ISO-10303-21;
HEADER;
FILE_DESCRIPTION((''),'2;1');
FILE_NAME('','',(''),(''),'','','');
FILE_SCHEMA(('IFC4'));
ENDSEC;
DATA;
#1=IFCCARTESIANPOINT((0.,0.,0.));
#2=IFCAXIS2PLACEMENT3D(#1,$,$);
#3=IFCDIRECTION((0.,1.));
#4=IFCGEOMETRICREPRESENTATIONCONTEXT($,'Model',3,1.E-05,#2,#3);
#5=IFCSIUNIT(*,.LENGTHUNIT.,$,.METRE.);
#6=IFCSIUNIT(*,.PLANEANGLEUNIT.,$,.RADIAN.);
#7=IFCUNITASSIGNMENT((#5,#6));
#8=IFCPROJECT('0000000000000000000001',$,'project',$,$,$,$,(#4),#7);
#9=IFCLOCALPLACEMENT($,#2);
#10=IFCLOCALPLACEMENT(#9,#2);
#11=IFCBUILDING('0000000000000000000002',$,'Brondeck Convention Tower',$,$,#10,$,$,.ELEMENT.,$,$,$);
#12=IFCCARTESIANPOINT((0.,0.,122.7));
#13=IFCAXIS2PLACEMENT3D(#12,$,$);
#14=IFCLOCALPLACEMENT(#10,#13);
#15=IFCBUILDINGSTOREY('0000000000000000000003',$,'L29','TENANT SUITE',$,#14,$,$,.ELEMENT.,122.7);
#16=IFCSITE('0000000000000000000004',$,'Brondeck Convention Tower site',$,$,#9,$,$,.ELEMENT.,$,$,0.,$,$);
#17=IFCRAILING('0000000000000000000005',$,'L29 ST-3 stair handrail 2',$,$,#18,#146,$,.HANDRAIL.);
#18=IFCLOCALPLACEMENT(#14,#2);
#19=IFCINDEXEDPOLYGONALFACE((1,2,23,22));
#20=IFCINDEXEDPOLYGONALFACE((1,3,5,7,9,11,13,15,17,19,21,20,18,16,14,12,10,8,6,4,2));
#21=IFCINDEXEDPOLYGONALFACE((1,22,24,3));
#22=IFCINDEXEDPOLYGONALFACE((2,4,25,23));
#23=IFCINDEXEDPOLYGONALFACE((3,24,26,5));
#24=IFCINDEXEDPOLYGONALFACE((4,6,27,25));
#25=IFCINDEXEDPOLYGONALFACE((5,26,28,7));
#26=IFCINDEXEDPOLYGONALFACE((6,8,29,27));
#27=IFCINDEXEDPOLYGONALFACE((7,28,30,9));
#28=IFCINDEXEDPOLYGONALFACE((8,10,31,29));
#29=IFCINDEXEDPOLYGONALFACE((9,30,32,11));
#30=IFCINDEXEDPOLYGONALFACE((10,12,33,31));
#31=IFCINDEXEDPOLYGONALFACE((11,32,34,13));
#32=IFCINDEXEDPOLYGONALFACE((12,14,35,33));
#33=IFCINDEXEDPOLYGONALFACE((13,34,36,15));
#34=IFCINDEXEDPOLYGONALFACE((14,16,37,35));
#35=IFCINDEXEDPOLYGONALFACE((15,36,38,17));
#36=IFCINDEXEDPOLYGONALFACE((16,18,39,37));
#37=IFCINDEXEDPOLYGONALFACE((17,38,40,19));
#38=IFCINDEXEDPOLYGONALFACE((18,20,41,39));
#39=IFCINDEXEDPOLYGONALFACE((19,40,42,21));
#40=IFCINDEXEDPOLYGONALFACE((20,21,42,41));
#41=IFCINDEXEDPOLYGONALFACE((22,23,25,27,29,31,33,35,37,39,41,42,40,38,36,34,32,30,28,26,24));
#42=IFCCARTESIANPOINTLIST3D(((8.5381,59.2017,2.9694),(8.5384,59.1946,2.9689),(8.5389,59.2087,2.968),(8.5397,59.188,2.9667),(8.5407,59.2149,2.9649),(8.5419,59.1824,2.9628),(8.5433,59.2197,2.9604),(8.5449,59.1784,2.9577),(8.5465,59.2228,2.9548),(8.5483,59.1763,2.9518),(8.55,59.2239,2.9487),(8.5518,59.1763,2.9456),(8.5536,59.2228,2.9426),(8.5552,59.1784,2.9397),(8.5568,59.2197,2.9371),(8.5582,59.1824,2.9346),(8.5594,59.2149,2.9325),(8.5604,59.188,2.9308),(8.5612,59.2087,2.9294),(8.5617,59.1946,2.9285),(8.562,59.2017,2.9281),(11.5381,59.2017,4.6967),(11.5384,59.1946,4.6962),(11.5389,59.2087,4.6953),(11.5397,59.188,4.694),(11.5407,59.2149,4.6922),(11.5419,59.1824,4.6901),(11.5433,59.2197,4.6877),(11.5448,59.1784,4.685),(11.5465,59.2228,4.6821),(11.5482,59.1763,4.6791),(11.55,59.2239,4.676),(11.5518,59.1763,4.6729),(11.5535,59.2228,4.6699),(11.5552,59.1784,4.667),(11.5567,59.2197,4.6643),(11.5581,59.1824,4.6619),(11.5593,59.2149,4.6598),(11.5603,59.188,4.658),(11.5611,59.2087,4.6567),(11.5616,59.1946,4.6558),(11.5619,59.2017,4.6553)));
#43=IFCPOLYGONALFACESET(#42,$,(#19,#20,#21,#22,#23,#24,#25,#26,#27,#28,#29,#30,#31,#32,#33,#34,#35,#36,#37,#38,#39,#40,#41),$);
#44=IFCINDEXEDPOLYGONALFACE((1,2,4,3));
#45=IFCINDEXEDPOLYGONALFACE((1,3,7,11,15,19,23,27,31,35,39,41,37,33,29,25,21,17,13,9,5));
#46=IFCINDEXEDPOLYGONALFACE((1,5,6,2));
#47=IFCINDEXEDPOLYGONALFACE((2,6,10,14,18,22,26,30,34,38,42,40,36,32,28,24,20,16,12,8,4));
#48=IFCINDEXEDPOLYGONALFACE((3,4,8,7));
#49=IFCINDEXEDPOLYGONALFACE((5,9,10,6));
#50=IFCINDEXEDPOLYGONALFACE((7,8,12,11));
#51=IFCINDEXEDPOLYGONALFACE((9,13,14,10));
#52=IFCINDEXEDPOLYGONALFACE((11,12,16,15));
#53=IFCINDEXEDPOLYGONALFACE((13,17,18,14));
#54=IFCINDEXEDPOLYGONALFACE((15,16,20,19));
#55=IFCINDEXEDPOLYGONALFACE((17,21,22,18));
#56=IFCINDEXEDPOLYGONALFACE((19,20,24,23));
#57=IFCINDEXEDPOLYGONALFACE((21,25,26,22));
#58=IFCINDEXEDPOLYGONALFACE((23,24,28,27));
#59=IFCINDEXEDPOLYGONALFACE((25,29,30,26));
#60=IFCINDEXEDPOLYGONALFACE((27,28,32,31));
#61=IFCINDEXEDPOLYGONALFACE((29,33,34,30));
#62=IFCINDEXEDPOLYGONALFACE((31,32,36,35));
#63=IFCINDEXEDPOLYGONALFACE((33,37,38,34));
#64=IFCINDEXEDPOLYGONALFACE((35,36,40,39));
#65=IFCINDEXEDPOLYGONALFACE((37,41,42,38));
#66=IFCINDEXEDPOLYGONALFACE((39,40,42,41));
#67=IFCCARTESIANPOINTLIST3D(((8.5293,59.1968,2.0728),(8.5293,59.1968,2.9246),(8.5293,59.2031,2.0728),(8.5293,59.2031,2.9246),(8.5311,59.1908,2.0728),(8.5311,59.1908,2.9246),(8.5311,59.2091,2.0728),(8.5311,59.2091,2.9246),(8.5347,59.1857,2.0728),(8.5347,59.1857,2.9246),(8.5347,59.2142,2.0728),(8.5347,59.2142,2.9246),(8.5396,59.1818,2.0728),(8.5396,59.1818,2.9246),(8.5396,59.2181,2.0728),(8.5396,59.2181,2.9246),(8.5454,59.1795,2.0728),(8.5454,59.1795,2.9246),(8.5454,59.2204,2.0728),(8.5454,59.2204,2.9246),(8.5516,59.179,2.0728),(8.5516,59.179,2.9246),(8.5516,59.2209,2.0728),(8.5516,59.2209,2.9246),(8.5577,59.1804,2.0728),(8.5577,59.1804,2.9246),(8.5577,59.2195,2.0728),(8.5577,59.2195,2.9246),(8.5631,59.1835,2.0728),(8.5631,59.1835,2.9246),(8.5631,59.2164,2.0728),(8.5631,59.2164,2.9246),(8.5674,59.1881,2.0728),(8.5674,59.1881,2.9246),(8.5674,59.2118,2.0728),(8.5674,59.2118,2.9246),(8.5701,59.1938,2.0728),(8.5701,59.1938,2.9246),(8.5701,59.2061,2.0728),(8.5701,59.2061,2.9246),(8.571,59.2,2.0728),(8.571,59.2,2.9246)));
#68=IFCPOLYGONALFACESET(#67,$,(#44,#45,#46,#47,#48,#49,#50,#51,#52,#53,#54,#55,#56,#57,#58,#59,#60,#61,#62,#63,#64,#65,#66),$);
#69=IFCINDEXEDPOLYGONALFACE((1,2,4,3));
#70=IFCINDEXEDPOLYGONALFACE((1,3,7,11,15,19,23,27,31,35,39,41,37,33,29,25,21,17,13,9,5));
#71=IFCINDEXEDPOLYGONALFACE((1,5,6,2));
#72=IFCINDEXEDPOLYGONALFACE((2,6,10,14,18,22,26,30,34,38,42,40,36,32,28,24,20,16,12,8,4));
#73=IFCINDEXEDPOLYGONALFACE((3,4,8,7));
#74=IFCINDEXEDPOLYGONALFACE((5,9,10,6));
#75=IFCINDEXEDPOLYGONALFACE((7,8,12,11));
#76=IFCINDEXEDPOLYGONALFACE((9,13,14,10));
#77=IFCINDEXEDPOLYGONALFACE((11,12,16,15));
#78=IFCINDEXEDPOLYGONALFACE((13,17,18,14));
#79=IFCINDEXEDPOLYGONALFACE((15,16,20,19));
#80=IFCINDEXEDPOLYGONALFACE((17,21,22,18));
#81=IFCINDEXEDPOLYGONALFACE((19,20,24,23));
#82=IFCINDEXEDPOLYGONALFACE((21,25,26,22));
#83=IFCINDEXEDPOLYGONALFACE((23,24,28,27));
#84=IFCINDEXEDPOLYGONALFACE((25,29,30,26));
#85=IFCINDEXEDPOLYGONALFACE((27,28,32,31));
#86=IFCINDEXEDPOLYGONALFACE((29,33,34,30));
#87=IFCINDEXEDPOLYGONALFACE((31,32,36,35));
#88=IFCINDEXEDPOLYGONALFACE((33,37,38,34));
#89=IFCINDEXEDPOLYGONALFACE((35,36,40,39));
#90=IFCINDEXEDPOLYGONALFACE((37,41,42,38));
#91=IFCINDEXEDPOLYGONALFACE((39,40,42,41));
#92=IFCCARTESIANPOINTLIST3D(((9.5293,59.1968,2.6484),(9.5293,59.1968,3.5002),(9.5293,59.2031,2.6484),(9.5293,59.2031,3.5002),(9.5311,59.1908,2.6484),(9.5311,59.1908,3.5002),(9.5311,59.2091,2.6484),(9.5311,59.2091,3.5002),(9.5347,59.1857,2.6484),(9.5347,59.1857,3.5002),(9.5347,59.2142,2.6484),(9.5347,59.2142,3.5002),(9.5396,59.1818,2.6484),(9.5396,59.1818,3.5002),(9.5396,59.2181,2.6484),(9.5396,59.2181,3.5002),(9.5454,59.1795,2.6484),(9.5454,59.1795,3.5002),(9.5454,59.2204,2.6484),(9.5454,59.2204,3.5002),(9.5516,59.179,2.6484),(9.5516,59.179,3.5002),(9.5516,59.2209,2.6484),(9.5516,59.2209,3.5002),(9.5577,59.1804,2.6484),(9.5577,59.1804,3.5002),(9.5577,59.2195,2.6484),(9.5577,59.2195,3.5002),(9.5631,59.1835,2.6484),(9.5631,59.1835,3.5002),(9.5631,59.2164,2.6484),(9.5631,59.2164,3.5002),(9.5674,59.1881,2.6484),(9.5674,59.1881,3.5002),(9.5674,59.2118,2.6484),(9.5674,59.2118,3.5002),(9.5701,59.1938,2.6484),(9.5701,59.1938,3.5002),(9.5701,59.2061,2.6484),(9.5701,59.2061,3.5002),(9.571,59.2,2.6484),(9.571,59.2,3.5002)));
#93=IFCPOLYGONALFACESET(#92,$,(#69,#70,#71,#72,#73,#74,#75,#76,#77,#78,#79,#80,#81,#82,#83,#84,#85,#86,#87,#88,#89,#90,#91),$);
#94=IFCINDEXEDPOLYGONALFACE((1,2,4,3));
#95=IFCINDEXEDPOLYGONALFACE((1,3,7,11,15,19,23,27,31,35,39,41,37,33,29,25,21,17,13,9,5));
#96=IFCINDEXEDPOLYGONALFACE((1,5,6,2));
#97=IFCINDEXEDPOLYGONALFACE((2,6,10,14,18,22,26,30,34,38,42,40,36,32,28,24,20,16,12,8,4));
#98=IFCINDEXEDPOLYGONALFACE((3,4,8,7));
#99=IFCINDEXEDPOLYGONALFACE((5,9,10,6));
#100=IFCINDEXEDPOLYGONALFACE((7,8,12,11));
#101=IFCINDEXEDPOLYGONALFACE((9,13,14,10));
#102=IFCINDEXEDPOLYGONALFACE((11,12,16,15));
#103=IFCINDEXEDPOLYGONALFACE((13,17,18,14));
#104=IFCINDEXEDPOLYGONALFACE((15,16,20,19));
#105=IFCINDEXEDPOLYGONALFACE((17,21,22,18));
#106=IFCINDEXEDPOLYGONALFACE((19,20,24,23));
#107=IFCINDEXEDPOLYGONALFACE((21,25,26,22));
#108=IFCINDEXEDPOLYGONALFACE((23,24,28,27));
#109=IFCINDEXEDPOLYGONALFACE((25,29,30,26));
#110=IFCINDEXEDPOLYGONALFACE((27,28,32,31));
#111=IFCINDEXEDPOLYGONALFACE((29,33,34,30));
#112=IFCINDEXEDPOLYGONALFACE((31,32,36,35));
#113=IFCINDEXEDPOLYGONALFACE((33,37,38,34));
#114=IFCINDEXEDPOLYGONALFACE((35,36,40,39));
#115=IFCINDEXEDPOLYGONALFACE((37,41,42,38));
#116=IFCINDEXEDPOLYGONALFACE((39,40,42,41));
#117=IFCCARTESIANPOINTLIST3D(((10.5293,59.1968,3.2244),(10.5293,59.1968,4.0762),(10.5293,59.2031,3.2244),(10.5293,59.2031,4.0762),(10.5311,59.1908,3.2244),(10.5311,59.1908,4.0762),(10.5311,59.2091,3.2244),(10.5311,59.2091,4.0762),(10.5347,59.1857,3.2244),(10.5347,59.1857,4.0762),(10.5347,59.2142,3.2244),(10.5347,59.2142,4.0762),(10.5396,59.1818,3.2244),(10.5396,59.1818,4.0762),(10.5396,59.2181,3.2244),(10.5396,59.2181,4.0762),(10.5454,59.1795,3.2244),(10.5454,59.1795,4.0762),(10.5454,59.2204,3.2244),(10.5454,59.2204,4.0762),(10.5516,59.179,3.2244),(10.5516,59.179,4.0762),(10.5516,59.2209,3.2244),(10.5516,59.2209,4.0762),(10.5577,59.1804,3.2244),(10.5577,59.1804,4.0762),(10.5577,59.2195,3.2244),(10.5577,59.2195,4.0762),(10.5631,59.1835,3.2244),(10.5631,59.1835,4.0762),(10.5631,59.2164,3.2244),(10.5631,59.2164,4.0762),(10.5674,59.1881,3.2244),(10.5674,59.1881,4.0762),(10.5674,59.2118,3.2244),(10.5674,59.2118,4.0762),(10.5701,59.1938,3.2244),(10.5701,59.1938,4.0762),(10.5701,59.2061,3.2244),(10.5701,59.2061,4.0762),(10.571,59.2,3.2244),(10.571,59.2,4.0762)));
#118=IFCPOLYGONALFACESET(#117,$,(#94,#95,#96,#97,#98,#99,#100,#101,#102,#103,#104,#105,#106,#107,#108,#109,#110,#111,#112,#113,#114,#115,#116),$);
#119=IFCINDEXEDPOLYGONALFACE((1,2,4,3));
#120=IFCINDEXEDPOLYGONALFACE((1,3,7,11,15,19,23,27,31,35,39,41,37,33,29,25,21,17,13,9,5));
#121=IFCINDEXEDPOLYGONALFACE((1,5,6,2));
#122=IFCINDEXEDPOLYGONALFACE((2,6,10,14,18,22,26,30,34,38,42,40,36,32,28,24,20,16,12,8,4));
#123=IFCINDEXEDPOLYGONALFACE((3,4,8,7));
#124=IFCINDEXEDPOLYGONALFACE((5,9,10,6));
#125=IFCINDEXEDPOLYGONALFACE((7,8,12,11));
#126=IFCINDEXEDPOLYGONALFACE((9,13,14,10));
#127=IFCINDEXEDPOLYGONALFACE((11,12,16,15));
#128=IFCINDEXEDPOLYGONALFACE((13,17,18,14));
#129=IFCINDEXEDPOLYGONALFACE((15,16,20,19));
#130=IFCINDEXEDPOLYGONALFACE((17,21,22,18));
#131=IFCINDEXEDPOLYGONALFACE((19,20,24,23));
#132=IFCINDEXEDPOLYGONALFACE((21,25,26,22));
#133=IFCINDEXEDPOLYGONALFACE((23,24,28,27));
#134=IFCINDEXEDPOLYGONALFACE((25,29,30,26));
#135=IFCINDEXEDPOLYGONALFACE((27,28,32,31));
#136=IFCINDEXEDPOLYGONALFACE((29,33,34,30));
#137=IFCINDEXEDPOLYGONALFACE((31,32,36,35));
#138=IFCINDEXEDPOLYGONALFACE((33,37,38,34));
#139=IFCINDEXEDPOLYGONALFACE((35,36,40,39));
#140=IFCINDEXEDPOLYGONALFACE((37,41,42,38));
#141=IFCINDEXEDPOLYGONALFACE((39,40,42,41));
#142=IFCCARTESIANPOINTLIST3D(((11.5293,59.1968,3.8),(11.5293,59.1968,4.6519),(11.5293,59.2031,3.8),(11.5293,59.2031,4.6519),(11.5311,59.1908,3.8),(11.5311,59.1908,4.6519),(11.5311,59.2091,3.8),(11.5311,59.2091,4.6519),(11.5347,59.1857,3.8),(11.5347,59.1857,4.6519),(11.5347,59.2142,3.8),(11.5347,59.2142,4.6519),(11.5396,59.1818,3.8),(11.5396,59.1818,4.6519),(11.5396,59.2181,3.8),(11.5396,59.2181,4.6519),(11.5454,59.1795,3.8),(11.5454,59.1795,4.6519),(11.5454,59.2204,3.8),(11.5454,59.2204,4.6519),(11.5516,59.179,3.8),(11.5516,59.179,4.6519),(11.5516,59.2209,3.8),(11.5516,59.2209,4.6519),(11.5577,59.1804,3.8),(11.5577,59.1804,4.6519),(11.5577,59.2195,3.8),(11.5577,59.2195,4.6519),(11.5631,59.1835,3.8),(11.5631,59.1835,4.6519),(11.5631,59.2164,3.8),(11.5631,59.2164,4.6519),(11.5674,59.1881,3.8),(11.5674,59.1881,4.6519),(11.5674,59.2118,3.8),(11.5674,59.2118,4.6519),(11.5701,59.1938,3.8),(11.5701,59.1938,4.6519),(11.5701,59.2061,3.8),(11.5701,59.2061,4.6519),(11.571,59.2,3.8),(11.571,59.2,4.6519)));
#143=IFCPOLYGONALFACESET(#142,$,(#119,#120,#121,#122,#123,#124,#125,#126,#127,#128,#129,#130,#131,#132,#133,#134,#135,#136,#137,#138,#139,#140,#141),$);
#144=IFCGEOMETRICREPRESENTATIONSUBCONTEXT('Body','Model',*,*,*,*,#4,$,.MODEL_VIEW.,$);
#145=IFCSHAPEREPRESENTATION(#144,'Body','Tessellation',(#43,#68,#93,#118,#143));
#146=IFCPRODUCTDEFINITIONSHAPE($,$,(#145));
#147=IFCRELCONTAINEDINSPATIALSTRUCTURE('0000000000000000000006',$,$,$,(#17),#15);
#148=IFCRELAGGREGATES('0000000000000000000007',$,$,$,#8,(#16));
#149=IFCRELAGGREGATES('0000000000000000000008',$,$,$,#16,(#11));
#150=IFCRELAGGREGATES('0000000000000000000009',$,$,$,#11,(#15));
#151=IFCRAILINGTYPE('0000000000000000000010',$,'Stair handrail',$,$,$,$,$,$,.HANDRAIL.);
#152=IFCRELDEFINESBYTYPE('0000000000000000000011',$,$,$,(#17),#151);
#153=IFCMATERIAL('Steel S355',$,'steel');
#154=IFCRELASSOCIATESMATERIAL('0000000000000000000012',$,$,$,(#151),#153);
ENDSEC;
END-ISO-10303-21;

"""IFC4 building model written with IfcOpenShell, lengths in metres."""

from ifc_helpers import new_model, si_unit, direction, frame, origin, origin_2d, place, context, subcontext, project, spatial, circle, extrude, material, type_object, element, save


model = new_model("IFC4")

# Units and contexts
model_context = context("Model", 3, precision=1e-05, world=origin(), true_north=direction((0.0, 1.0)))
body_context = subcontext(model_context, "Body", "Model", "MODEL_VIEW")
ifc_project = project(units=[si_unit("LENGTHUNIT", "METRE"), si_unit("PLANEANGLEUNIT", "RADIAN")], contexts=[model_context])

# Site, building, storey
site_placement = place(None, origin())
site = spatial("IfcSite", under=ifc_project, at=site_placement, Name="Brondeck Convention Tower site", CompositionType="ELEMENT", RefElevation=0.0)
building_placement = place(site_placement, origin())
building = spatial("IfcBuilding", under=site, at=building_placement, Name="Brondeck Convention Tower", CompositionType="ELEMENT")
storey_placement = place(building_placement, frame((0.0, 0.0, 122.7)))
storey = spatial("IfcBuildingStorey", under=building, at=storey_placement, Name="L29", Description="TENANT SUITE", CompositionType="ELEMENT", Elevation=122.7)

# Railing
ifc_material_1 = material(Name="Steel S355", Category="steel")
railing_type_1 = type_object("IfcRailingType", Name="Stair handrail", PredefinedType="HANDRAIL", material=ifc_material_1)
railing_1_placement = place(storey_placement, frame((8.55, 59.2, 2.0728)))
element("IfcRailing", 1, at=railing_1_placement, inside=storey, type_object=railing_type_1, Name="L29 ST-3 stair handrail 2", PredefinedType="HANDRAIL", context=body_context, shape_type="SweptSolid", body=[
    extrude(circle(Radius=0.0239, at=origin_2d()), frame((0.0, 0.0, 0.876), z_axis=(0.86662, 0.0, 0.498969), x_axis=(0.0, 1.0, 0.0)), (0.0, 0.0, 1.0), 3.4617),
    extrude(circle(Radius=0.021, at=origin_2d()), origin(), (0.0, 0.0, 1.0), 0.8518),
    extrude(circle(Radius=0.021, at=origin_2d()), frame((1.0, 0.0, 0.5757)), (0.0, 0.0, 1.0), 0.8518),
    extrude(circle(Radius=0.021, at=origin_2d()), frame((2.0, 0.0, 1.1516)), (0.0, 0.0, 1.0), 0.8518),
    extrude(circle(Radius=0.021, at=origin_2d()), frame((3.0, 0.0, 1.7273)), (0.0, 0.0, 1.0), 0.8518),
])

save(model, "model.ifc")
